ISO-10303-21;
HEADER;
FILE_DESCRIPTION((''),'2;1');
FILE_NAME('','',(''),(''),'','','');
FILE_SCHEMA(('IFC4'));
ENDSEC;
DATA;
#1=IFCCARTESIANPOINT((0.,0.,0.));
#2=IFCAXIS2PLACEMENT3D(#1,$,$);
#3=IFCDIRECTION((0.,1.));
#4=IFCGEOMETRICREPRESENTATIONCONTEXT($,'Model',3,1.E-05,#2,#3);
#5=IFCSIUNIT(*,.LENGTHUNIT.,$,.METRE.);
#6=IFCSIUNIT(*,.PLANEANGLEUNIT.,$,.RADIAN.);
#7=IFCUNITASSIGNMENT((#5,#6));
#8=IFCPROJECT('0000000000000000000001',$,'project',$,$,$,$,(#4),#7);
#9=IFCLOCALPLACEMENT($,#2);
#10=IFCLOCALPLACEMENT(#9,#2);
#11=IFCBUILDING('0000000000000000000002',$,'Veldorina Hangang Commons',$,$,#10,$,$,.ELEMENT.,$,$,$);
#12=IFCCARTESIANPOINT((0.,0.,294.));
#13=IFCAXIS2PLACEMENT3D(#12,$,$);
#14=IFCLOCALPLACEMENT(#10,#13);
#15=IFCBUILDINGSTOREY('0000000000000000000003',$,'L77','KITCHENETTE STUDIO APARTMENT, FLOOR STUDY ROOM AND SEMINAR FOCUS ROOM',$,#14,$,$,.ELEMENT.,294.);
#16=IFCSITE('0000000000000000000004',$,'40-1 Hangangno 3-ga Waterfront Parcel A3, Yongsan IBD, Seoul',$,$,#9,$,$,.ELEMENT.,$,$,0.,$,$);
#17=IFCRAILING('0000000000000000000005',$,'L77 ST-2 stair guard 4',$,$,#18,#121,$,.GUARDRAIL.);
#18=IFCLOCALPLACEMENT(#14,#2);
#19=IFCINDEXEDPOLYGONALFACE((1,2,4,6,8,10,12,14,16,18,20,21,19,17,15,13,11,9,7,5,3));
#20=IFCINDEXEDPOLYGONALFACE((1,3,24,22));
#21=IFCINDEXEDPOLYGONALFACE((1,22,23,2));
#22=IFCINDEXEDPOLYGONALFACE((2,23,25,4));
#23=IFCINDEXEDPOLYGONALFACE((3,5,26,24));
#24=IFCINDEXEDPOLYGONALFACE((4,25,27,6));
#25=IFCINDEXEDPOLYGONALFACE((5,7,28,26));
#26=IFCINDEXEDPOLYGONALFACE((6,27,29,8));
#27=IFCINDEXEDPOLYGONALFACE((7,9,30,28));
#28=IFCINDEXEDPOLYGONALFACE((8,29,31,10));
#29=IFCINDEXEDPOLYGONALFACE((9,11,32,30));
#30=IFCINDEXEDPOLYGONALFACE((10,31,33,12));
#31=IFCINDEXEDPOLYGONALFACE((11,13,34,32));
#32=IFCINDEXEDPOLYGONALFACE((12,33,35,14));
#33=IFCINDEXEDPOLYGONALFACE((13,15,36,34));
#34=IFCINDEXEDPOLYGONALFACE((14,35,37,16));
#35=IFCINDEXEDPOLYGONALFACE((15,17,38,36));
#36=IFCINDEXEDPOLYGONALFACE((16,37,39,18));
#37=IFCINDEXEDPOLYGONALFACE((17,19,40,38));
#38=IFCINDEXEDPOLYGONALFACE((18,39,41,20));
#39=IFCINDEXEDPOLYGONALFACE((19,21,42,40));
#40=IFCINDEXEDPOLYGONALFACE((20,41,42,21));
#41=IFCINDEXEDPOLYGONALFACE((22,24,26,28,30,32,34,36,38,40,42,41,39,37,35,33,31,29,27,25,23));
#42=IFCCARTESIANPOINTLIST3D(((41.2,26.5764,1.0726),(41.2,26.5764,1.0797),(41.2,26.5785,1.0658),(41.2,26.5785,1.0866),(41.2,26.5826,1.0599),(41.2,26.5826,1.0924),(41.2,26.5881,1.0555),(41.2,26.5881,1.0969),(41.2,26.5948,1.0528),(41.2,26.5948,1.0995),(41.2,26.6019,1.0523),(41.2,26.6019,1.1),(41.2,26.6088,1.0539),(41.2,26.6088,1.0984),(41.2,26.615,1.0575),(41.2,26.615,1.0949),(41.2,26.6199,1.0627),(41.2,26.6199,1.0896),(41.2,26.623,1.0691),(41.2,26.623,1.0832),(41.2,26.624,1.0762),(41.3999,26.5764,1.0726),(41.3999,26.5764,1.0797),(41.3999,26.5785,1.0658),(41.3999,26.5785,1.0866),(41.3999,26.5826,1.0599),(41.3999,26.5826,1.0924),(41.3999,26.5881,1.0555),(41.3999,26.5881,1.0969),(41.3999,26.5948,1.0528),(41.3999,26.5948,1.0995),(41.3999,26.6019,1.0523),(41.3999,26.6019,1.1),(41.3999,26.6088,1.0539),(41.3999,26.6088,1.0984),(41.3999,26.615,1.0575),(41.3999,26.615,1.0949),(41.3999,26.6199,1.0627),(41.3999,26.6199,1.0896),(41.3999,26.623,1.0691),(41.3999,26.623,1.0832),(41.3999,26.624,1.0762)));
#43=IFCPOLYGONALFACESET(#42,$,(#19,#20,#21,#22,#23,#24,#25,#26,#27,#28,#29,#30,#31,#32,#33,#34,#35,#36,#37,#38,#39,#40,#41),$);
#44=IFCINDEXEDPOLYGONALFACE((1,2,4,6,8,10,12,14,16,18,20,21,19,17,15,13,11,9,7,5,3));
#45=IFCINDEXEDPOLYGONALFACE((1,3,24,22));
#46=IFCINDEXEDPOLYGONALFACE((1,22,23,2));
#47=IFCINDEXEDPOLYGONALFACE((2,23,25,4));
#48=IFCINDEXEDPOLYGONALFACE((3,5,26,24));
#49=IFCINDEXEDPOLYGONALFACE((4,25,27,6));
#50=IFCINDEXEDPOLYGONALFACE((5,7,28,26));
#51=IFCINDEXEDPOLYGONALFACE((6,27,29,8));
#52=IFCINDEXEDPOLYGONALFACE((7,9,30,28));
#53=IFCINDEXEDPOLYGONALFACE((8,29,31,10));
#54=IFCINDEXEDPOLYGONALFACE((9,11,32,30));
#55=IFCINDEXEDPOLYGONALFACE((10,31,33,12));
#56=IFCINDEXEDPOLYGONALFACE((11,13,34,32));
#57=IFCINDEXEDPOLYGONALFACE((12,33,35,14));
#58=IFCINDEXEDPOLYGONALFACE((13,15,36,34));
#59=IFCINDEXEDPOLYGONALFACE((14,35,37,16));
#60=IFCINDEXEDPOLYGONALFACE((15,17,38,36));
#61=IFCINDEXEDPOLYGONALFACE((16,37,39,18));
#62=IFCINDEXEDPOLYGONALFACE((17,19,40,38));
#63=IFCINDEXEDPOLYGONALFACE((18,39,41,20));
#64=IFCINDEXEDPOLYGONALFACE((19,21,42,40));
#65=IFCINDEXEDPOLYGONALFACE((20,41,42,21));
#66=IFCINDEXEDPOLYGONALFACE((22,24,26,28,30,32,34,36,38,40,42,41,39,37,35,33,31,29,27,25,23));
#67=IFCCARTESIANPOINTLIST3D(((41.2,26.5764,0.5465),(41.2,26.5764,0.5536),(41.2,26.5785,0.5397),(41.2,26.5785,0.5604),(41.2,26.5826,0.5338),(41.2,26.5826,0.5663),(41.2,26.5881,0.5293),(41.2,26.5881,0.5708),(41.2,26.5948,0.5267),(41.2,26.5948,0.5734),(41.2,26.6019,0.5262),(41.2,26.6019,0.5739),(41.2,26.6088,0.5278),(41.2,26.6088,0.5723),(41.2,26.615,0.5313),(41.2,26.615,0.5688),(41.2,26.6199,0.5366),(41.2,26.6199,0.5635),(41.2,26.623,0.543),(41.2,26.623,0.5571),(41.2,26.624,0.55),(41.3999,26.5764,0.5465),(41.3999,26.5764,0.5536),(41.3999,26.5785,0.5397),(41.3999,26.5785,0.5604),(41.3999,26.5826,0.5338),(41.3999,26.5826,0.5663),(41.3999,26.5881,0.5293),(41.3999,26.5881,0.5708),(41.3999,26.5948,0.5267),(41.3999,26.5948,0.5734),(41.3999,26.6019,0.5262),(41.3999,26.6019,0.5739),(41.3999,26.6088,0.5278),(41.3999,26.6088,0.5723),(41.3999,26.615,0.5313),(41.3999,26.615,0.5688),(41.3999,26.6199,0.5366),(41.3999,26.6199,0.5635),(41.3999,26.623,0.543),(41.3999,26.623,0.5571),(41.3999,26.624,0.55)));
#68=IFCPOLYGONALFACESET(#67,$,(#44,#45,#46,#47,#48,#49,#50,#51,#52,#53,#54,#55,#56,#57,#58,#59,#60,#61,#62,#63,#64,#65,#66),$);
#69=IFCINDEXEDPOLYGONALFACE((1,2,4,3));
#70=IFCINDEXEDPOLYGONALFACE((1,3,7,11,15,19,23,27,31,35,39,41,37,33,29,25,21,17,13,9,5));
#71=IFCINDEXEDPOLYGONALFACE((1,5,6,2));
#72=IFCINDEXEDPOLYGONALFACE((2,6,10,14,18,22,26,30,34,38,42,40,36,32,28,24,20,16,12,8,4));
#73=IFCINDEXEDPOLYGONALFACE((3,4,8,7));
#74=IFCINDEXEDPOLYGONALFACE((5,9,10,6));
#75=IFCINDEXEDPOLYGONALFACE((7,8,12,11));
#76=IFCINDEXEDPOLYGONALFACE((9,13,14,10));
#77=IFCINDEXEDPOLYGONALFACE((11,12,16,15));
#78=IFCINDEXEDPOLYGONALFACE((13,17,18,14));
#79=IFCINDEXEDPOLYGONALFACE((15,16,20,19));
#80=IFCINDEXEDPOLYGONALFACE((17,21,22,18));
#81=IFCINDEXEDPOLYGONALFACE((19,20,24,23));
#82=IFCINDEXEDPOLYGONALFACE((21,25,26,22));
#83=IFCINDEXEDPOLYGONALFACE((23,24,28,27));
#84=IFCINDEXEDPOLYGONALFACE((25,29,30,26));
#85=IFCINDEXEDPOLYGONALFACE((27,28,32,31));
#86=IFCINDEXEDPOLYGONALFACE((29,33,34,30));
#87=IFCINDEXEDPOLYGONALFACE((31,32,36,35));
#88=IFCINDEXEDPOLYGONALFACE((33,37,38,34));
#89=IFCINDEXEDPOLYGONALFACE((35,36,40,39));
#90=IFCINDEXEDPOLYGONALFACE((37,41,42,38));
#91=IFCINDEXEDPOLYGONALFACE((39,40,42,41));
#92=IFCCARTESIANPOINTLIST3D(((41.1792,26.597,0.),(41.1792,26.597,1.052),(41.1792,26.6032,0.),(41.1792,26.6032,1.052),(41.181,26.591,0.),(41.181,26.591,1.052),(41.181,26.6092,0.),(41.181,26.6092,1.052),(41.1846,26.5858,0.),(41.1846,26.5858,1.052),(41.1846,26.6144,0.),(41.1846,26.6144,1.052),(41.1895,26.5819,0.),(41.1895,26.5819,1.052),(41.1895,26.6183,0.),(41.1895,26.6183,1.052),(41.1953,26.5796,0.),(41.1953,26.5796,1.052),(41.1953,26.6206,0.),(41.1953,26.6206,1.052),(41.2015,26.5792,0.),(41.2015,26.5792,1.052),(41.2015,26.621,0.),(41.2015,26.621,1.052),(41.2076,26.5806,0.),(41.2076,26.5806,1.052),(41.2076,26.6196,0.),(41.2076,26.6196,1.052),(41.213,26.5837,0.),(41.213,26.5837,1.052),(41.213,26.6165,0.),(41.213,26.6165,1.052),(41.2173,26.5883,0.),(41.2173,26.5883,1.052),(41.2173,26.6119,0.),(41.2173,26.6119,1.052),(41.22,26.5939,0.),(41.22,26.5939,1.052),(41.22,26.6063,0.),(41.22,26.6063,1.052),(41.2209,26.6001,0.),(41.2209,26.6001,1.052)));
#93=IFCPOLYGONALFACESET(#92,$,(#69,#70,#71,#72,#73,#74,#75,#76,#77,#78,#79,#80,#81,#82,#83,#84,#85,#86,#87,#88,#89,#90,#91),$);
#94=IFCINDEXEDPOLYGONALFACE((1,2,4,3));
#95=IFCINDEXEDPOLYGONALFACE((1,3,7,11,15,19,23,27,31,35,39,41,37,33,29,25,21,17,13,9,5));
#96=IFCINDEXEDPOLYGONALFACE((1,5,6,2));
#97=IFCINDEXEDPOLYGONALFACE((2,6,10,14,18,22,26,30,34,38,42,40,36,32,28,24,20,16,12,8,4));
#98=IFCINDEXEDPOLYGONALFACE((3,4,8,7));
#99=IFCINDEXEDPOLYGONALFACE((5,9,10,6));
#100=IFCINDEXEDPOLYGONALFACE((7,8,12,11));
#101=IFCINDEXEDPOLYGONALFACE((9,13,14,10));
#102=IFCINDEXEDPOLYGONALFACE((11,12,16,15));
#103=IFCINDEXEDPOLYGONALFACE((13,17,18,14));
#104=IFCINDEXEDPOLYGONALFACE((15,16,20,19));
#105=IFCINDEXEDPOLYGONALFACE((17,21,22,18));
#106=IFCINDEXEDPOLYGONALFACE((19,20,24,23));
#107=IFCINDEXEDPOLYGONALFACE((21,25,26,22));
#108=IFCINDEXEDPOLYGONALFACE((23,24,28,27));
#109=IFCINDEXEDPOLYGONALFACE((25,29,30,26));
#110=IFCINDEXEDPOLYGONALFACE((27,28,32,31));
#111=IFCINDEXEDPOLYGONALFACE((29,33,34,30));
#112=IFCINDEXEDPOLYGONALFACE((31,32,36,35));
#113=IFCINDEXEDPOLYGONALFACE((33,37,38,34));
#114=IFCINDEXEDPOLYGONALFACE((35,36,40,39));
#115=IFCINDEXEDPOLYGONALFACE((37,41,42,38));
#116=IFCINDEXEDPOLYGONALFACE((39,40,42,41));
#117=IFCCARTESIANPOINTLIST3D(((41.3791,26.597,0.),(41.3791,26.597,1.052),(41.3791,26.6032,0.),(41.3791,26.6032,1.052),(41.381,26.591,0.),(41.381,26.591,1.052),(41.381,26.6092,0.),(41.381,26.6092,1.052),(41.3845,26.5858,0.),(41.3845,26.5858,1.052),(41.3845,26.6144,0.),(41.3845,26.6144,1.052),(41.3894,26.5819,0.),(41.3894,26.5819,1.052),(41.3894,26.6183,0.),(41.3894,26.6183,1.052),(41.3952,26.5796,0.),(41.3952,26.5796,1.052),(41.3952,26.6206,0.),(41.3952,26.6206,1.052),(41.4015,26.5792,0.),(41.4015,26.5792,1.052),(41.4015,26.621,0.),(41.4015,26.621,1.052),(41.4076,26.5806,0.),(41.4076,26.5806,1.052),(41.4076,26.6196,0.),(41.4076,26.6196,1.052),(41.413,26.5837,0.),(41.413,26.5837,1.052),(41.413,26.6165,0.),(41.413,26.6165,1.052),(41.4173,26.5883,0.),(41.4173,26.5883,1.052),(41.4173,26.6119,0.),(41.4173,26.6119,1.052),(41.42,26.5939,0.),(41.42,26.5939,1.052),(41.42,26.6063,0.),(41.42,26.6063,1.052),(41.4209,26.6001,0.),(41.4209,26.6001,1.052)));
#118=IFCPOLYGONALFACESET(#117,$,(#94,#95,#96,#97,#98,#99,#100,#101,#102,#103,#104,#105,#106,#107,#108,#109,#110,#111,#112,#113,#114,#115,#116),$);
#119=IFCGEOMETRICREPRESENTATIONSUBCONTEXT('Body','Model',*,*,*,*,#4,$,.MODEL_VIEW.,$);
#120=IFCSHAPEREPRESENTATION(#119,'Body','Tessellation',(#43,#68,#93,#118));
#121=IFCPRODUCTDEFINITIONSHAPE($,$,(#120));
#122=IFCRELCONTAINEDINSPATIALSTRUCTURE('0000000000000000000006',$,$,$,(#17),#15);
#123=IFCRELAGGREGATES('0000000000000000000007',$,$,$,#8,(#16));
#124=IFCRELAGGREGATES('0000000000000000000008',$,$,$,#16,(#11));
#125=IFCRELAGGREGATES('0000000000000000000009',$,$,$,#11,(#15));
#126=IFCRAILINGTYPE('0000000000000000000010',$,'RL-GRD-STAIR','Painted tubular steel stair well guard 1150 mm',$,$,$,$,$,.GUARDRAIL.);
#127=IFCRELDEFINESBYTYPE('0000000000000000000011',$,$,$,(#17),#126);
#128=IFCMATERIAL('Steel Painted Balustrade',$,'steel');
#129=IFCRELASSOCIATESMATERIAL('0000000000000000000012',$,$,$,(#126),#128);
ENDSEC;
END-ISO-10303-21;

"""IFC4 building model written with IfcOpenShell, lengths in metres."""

from ifc_helpers import new_model, si_unit, direction, frame, origin, origin_2d, place, context, subcontext, project, spatial, circle, extrude, material, type_object, element, save


model = new_model("IFC4")

# Units and contexts
model_context = context("Model", 3, precision=1e-05, world=origin(), true_north=direction((0.0, 1.0)))
body_context = subcontext(model_context, "Body", "Model", "MODEL_VIEW")
ifc_project = project(units=[si_unit("LENGTHUNIT", "METRE"), si_unit("PLANEANGLEUNIT", "RADIAN")], contexts=[model_context])

# Site, building, storey
site_placement = place(None, origin())
site = spatial("IfcSite", under=ifc_project, at=site_placement, Name="40-1 Hangangno 3-ga Waterfront Parcel A3, Yongsan IBD, Seoul", CompositionType="ELEMENT", RefElevation=0.0)
building_placement = place(site_placement, origin())
building = spatial("IfcBuilding", under=site, at=building_placement, Name="Veldorina Hangang Commons", CompositionType="ELEMENT")
storey_placement = place(building_placement, frame((0.0, 0.0, 294.0)))
storey = spatial("IfcBuildingStorey", under=building, at=storey_placement, Name="L77", Description="KITCHENETTE STUDIO APARTMENT, FLOOR STUDY ROOM AND SEMINAR FOCUS ROOM", CompositionType="ELEMENT", Elevation=294.0)

# Railing
ifc_material_1 = material(Name="Steel Painted Balustrade", Category="steel")
railing_type_1 = type_object("IfcRailingType", Name="RL-GRD-STAIR", Description="Painted tubular steel stair well guard 1150 mm", PredefinedType="GUARDRAIL", material=ifc_material_1)
railing_1_placement = place(storey_placement, frame((41.2, 26.6001, 0.0)))
element("IfcRailing", 1, at=railing_1_placement, inside=storey, type_object=railing_type_1, Name="L77 ST-2 stair guard 4", PredefinedType="GUARDRAIL", context=body_context, shape_type="SweptSolid", body=[
    extrude(circle(Radius=0.0239, at=origin_2d()), frame((0.0, 0.0, 1.0762), z_axis=(1.0, 0.0, 0.0), x_axis=(0.0, 1.0, 0.0)), (0.0, 0.0, 1.0), 0.2),
    extrude(circle(Radius=0.0239, at=origin_2d()), frame((0.0, 0.0, 0.55), z_axis=(1.0, 0.0, 0.0), x_axis=(0.0, 1.0, 0.0)), (0.0, 0.0, 1.0), 0.2),
    extrude(circle(Radius=0.021, at=origin_2d()), origin(), (0.0, 0.0, 1.0), 1.052),
    extrude(circle(Radius=0.021, at=origin_2d()), frame((0.2, 0.0, 0.0)), (0.0, 0.0, 1.0), 1.052),
])

save(model, "model.ifc")
